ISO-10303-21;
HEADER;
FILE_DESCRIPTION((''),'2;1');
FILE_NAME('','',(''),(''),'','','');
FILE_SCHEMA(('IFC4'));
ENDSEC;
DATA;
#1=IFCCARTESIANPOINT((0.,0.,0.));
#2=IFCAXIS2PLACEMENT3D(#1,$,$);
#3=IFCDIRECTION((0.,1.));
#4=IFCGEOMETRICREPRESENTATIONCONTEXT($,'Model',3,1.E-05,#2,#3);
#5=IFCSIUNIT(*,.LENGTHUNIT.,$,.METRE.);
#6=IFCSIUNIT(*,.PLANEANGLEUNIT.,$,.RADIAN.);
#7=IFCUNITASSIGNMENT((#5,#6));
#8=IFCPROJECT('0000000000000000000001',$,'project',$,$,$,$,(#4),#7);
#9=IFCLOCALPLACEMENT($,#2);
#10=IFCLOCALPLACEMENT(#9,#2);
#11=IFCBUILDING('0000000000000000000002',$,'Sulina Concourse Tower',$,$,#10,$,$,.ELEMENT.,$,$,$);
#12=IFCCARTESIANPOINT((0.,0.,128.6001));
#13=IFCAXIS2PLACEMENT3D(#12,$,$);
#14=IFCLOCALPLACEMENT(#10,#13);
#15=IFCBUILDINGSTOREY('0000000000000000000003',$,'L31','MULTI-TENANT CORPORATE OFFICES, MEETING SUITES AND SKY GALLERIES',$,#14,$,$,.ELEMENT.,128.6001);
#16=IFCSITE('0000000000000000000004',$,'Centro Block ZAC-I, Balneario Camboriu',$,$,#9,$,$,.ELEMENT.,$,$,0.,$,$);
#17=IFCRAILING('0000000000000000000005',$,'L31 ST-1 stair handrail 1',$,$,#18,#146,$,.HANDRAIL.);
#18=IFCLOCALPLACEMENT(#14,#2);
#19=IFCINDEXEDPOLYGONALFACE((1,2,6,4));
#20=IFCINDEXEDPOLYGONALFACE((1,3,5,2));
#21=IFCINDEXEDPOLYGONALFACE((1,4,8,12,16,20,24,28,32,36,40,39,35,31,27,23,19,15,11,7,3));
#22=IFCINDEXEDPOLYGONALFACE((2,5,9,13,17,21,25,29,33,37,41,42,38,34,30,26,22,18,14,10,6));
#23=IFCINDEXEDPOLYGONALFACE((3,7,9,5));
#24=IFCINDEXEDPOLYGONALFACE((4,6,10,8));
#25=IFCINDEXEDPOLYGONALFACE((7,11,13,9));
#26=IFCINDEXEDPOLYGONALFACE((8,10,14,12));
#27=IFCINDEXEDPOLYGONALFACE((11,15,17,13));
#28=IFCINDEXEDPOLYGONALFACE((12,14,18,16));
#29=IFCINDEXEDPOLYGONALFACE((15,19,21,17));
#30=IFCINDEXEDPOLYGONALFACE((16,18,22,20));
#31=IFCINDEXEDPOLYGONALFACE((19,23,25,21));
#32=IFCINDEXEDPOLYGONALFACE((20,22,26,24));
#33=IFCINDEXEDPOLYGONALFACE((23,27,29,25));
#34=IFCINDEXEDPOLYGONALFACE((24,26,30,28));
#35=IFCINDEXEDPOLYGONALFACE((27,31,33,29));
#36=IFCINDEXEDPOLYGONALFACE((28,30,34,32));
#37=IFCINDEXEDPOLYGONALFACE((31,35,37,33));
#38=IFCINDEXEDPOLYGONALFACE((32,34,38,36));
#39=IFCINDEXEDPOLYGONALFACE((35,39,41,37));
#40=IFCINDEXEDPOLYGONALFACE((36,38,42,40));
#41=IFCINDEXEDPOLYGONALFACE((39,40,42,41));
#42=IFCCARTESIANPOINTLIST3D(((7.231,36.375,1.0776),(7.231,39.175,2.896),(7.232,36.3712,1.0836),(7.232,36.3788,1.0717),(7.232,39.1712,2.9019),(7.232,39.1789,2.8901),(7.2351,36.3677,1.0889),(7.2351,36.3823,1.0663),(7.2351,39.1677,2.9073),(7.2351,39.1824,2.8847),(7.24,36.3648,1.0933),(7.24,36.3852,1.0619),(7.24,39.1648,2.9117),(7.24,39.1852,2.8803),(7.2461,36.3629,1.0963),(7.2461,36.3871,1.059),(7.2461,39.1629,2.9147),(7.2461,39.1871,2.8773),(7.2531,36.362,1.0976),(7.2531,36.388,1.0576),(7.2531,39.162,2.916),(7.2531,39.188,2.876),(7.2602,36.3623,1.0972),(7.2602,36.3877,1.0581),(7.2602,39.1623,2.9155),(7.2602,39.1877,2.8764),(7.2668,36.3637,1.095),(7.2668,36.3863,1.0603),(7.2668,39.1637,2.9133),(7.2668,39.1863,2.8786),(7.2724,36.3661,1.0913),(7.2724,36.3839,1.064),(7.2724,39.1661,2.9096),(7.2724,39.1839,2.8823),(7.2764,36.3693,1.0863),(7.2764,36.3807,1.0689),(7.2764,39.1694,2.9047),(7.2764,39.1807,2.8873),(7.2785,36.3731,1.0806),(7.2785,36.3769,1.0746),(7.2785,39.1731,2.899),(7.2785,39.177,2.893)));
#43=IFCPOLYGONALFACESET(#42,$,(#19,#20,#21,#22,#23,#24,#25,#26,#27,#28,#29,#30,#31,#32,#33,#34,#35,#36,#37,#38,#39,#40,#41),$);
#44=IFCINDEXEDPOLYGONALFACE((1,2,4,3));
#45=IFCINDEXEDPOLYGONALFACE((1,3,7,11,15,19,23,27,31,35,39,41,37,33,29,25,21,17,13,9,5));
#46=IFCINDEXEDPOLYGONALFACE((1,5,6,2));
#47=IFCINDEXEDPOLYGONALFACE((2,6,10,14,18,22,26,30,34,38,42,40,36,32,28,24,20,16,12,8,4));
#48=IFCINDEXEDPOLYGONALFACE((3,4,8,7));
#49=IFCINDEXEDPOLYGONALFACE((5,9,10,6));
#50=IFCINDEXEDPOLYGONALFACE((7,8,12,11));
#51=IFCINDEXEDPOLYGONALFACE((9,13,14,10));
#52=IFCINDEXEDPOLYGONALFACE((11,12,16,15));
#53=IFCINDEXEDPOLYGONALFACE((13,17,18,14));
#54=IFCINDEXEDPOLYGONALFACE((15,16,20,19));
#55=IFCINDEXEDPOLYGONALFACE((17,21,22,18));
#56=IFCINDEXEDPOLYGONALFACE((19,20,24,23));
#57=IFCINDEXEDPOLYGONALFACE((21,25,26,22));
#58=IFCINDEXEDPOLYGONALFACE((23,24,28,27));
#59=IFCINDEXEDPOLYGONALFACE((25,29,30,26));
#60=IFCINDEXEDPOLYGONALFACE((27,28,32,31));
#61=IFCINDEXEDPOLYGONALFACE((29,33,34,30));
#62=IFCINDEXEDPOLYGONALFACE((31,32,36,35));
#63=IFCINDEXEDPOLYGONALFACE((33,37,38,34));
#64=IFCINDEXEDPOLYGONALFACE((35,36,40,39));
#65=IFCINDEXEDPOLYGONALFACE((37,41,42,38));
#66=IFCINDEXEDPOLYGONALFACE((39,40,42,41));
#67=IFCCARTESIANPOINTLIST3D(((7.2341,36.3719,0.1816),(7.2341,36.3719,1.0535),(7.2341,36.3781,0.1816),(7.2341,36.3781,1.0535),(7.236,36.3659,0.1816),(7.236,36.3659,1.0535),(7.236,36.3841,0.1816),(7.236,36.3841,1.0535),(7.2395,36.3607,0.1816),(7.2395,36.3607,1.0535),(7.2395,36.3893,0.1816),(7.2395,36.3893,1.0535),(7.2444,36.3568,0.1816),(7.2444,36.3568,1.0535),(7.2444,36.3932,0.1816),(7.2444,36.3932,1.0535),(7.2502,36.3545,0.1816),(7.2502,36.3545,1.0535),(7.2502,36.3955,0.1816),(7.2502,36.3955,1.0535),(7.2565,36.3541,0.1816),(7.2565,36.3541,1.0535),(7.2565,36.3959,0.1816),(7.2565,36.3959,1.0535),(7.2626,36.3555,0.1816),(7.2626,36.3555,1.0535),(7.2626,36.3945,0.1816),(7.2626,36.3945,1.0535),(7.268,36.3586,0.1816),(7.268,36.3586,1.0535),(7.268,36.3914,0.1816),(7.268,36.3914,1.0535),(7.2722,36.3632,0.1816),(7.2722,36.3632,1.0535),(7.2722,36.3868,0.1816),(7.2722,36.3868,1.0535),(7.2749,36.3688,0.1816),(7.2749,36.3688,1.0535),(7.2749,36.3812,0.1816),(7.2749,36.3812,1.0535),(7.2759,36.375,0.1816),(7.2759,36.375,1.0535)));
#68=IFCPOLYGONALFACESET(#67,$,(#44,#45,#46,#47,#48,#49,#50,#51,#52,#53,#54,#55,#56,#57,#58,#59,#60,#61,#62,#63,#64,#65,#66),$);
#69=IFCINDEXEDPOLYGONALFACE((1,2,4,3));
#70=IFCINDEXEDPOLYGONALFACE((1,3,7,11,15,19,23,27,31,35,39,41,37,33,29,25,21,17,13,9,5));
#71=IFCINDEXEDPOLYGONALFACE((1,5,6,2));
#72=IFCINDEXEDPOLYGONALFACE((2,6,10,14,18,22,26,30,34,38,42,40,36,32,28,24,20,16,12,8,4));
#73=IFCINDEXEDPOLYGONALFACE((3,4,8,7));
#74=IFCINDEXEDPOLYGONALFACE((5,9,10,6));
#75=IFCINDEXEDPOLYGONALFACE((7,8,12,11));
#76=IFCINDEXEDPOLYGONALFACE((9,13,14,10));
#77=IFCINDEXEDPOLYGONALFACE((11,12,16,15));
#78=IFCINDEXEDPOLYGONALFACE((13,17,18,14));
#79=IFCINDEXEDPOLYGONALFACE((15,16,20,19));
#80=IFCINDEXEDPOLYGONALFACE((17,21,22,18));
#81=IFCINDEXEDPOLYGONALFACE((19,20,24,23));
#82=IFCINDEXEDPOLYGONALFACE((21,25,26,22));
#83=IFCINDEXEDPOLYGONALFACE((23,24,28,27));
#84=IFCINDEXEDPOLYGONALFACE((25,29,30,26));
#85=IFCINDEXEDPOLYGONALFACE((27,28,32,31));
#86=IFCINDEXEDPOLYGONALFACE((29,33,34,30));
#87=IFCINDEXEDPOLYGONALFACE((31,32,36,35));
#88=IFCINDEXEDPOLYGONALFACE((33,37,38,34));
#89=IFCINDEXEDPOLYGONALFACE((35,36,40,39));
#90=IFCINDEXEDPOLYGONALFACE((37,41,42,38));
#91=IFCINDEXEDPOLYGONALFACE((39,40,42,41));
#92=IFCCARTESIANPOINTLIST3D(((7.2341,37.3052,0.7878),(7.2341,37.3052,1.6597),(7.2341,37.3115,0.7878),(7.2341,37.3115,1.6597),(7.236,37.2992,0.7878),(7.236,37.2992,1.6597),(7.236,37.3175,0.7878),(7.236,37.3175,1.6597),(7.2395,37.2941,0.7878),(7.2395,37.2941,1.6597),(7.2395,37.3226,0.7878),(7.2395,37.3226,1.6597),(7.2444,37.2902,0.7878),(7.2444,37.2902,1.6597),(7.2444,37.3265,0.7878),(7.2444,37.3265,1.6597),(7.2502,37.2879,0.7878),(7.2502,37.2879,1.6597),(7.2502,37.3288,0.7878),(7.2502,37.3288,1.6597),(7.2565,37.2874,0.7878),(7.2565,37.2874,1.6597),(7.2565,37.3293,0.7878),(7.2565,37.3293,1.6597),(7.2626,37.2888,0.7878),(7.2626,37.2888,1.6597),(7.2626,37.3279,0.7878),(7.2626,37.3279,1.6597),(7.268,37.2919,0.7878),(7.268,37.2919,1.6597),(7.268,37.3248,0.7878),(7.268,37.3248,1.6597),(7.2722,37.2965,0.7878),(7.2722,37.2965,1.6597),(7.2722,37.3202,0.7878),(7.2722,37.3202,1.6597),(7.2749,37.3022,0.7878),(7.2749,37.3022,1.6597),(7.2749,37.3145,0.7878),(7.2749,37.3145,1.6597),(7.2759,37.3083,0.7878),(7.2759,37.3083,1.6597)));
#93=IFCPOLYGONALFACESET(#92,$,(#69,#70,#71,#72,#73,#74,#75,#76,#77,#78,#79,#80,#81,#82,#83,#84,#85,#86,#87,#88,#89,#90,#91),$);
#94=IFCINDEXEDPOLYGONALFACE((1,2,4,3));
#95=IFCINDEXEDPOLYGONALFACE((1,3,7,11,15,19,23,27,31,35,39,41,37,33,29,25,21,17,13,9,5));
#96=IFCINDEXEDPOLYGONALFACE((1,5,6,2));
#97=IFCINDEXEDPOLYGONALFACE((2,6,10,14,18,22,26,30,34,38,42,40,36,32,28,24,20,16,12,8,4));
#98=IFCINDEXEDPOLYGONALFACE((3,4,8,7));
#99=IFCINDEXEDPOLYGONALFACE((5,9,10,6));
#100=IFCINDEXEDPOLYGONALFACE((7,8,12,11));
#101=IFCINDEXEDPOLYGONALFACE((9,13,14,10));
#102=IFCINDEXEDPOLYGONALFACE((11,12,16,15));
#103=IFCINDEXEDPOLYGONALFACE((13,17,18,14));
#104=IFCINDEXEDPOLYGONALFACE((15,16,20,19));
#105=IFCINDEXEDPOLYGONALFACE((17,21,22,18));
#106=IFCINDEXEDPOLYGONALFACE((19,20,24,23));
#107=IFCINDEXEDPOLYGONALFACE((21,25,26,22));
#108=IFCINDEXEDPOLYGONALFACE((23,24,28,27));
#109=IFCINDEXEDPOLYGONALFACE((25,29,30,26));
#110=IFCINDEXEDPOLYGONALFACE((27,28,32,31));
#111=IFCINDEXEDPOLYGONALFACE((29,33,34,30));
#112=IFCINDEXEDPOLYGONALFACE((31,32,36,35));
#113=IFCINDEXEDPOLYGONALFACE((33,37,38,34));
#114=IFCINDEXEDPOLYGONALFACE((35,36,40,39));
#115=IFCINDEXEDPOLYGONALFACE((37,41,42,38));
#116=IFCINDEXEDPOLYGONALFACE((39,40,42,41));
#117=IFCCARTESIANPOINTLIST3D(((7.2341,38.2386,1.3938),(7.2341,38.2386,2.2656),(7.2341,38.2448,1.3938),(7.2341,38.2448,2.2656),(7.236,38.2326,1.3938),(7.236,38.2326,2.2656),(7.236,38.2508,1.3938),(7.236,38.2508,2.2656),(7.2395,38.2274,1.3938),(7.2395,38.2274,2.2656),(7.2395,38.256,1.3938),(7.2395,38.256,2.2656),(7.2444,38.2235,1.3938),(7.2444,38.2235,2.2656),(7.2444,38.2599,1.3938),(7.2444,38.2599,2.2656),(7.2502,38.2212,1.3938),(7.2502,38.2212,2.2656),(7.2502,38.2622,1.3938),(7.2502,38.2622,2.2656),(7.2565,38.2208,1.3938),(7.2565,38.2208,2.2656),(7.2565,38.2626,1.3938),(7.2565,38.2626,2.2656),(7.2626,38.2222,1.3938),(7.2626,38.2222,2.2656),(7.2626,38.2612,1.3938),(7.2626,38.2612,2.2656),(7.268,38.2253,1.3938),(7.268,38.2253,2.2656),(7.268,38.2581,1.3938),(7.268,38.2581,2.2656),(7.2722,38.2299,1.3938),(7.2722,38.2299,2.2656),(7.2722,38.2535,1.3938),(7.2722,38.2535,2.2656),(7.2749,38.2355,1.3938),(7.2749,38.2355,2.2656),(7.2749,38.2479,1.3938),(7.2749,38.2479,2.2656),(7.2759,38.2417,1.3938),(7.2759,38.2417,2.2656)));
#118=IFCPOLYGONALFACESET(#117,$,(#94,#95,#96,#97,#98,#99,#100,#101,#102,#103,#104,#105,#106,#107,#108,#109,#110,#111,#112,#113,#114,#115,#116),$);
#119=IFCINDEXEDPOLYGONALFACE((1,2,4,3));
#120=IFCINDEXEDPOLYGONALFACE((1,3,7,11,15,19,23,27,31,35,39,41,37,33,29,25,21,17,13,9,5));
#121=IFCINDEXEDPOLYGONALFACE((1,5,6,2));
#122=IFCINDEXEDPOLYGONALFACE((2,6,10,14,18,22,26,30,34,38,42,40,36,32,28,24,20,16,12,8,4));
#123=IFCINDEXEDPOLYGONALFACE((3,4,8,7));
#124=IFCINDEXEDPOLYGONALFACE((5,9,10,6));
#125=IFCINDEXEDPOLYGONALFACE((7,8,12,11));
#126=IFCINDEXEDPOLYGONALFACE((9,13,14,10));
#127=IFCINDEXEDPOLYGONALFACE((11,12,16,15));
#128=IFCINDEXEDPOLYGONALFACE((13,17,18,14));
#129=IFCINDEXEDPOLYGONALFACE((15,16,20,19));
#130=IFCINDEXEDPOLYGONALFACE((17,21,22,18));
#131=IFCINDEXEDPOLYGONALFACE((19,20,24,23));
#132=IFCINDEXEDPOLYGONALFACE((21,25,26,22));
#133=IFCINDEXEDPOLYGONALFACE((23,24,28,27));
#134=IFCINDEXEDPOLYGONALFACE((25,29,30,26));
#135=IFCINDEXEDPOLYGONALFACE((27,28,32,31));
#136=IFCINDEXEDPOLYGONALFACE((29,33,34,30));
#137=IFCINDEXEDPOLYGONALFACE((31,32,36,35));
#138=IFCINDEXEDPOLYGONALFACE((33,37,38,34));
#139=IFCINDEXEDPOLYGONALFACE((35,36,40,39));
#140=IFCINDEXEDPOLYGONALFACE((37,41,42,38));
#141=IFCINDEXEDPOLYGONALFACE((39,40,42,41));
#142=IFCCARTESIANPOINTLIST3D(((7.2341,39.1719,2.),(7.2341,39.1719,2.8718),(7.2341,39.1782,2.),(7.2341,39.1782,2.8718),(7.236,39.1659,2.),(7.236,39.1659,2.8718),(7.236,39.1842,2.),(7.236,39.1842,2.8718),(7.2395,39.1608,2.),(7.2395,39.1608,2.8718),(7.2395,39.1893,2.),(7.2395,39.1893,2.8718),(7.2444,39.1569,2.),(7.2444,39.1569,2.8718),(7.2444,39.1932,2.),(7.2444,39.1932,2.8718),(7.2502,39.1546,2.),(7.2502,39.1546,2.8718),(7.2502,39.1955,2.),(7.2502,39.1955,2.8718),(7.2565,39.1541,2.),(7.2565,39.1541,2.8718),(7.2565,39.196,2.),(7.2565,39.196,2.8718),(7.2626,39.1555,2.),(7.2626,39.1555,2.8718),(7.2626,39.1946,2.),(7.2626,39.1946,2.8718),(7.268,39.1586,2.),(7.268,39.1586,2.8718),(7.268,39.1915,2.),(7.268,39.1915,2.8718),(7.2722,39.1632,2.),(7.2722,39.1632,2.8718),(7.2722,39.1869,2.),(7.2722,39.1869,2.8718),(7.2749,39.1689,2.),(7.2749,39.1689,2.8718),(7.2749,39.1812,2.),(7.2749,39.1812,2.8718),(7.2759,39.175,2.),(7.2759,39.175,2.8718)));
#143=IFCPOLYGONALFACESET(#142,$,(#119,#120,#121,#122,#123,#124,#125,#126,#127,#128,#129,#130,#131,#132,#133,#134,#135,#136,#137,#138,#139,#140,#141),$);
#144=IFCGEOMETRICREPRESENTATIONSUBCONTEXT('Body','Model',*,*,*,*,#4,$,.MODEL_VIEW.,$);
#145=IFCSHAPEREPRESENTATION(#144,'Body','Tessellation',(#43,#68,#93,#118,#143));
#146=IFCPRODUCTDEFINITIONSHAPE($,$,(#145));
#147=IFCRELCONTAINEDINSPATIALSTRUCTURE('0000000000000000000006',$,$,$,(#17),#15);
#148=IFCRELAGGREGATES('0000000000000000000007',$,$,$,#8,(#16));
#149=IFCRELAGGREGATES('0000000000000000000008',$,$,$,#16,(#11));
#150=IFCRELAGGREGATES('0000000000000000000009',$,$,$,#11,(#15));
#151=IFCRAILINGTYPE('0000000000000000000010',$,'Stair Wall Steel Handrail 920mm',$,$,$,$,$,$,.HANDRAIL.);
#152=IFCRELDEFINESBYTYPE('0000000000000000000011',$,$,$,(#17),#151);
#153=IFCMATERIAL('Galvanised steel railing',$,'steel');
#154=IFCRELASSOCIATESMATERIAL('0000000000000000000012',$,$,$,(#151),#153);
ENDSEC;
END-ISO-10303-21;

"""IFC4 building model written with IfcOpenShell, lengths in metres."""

from ifc_helpers import new_model, si_unit, direction, frame, origin, origin_2d, place, context, subcontext, project, spatial, circle, extrude, material, type_object, element, save


model = new_model("IFC4")

# Units and contexts
model_context = context("Model", 3, precision=1e-05, world=origin(), true_north=direction((0.0, 1.0)))
body_context = subcontext(model_context, "Body", "Model", "MODEL_VIEW")
ifc_project = project(units=[si_unit("LENGTHUNIT", "METRE"), si_unit("PLANEANGLEUNIT", "RADIAN")], contexts=[model_context])

# Site, building, storey
site_placement = place(None, origin())
site = spatial("IfcSite", under=ifc_project, at=site_placement, Name="Centro Block ZAC-I, Balneario Camboriu", CompositionType="ELEMENT", RefElevation=0.0)
building_placement = place(site_placement, origin())
building = spatial("IfcBuilding", under=site, at=building_placement, Name="Sulina Concourse Tower", CompositionType="ELEMENT")
storey_placement = place(building_placement, frame((0.0, 0.0, 128.6001)))
storey = spatial("IfcBuildingStorey", under=building, at=storey_placement, Name="L31", Description="MULTI-TENANT CORPORATE OFFICES, MEETING SUITES AND SKY GALLERIES", CompositionType="ELEMENT", Elevation=128.6001)

# Railing
ifc_material_1 = material(Name="Galvanised steel railing", Category="steel")
railing_type_1 = type_object("IfcRailingType", Name="Stair Wall Steel Handrail 920mm", PredefinedType="HANDRAIL", material=ifc_material_1)
railing_1_placement = place(storey_placement, frame((7.2549, 36.375, 0.1816)))
element("IfcRailing", 1, at=railing_1_placement, inside=storey, type_object=railing_type_1, Name="L31 ST-1 stair handrail 1", PredefinedType="HANDRAIL", context=body_context, shape_type="SweptSolid", body=[
    extrude(circle(Radius=0.0239, at=origin_2d()), frame((0.0, 0.0, 0.896), z_axis=(0.0, 0.838672, 0.544636), x_axis=(-1.0, 0.0, 0.0)), (0.0, 0.0, 1.0), 3.3386),
    extrude(circle(Radius=0.021, at=origin_2d()), origin(), (0.0, 0.0, 1.0), 0.8718),
    extrude(circle(Radius=0.021, at=origin_2d()), frame((0.0, 0.9333, 0.6062)), (0.0, 0.0, 1.0), 0.8718),
    extrude(circle(Radius=0.021, at=origin_2d()), frame((0.0, 1.8667, 1.2122)), (0.0, 0.0, 1.0), 0.8718),
    extrude(circle(Radius=0.021, at=origin_2d()), frame((0.0, 2.8, 1.8184)), (0.0, 0.0, 1.0), 0.8718),
])

save(model, "model.ifc")
